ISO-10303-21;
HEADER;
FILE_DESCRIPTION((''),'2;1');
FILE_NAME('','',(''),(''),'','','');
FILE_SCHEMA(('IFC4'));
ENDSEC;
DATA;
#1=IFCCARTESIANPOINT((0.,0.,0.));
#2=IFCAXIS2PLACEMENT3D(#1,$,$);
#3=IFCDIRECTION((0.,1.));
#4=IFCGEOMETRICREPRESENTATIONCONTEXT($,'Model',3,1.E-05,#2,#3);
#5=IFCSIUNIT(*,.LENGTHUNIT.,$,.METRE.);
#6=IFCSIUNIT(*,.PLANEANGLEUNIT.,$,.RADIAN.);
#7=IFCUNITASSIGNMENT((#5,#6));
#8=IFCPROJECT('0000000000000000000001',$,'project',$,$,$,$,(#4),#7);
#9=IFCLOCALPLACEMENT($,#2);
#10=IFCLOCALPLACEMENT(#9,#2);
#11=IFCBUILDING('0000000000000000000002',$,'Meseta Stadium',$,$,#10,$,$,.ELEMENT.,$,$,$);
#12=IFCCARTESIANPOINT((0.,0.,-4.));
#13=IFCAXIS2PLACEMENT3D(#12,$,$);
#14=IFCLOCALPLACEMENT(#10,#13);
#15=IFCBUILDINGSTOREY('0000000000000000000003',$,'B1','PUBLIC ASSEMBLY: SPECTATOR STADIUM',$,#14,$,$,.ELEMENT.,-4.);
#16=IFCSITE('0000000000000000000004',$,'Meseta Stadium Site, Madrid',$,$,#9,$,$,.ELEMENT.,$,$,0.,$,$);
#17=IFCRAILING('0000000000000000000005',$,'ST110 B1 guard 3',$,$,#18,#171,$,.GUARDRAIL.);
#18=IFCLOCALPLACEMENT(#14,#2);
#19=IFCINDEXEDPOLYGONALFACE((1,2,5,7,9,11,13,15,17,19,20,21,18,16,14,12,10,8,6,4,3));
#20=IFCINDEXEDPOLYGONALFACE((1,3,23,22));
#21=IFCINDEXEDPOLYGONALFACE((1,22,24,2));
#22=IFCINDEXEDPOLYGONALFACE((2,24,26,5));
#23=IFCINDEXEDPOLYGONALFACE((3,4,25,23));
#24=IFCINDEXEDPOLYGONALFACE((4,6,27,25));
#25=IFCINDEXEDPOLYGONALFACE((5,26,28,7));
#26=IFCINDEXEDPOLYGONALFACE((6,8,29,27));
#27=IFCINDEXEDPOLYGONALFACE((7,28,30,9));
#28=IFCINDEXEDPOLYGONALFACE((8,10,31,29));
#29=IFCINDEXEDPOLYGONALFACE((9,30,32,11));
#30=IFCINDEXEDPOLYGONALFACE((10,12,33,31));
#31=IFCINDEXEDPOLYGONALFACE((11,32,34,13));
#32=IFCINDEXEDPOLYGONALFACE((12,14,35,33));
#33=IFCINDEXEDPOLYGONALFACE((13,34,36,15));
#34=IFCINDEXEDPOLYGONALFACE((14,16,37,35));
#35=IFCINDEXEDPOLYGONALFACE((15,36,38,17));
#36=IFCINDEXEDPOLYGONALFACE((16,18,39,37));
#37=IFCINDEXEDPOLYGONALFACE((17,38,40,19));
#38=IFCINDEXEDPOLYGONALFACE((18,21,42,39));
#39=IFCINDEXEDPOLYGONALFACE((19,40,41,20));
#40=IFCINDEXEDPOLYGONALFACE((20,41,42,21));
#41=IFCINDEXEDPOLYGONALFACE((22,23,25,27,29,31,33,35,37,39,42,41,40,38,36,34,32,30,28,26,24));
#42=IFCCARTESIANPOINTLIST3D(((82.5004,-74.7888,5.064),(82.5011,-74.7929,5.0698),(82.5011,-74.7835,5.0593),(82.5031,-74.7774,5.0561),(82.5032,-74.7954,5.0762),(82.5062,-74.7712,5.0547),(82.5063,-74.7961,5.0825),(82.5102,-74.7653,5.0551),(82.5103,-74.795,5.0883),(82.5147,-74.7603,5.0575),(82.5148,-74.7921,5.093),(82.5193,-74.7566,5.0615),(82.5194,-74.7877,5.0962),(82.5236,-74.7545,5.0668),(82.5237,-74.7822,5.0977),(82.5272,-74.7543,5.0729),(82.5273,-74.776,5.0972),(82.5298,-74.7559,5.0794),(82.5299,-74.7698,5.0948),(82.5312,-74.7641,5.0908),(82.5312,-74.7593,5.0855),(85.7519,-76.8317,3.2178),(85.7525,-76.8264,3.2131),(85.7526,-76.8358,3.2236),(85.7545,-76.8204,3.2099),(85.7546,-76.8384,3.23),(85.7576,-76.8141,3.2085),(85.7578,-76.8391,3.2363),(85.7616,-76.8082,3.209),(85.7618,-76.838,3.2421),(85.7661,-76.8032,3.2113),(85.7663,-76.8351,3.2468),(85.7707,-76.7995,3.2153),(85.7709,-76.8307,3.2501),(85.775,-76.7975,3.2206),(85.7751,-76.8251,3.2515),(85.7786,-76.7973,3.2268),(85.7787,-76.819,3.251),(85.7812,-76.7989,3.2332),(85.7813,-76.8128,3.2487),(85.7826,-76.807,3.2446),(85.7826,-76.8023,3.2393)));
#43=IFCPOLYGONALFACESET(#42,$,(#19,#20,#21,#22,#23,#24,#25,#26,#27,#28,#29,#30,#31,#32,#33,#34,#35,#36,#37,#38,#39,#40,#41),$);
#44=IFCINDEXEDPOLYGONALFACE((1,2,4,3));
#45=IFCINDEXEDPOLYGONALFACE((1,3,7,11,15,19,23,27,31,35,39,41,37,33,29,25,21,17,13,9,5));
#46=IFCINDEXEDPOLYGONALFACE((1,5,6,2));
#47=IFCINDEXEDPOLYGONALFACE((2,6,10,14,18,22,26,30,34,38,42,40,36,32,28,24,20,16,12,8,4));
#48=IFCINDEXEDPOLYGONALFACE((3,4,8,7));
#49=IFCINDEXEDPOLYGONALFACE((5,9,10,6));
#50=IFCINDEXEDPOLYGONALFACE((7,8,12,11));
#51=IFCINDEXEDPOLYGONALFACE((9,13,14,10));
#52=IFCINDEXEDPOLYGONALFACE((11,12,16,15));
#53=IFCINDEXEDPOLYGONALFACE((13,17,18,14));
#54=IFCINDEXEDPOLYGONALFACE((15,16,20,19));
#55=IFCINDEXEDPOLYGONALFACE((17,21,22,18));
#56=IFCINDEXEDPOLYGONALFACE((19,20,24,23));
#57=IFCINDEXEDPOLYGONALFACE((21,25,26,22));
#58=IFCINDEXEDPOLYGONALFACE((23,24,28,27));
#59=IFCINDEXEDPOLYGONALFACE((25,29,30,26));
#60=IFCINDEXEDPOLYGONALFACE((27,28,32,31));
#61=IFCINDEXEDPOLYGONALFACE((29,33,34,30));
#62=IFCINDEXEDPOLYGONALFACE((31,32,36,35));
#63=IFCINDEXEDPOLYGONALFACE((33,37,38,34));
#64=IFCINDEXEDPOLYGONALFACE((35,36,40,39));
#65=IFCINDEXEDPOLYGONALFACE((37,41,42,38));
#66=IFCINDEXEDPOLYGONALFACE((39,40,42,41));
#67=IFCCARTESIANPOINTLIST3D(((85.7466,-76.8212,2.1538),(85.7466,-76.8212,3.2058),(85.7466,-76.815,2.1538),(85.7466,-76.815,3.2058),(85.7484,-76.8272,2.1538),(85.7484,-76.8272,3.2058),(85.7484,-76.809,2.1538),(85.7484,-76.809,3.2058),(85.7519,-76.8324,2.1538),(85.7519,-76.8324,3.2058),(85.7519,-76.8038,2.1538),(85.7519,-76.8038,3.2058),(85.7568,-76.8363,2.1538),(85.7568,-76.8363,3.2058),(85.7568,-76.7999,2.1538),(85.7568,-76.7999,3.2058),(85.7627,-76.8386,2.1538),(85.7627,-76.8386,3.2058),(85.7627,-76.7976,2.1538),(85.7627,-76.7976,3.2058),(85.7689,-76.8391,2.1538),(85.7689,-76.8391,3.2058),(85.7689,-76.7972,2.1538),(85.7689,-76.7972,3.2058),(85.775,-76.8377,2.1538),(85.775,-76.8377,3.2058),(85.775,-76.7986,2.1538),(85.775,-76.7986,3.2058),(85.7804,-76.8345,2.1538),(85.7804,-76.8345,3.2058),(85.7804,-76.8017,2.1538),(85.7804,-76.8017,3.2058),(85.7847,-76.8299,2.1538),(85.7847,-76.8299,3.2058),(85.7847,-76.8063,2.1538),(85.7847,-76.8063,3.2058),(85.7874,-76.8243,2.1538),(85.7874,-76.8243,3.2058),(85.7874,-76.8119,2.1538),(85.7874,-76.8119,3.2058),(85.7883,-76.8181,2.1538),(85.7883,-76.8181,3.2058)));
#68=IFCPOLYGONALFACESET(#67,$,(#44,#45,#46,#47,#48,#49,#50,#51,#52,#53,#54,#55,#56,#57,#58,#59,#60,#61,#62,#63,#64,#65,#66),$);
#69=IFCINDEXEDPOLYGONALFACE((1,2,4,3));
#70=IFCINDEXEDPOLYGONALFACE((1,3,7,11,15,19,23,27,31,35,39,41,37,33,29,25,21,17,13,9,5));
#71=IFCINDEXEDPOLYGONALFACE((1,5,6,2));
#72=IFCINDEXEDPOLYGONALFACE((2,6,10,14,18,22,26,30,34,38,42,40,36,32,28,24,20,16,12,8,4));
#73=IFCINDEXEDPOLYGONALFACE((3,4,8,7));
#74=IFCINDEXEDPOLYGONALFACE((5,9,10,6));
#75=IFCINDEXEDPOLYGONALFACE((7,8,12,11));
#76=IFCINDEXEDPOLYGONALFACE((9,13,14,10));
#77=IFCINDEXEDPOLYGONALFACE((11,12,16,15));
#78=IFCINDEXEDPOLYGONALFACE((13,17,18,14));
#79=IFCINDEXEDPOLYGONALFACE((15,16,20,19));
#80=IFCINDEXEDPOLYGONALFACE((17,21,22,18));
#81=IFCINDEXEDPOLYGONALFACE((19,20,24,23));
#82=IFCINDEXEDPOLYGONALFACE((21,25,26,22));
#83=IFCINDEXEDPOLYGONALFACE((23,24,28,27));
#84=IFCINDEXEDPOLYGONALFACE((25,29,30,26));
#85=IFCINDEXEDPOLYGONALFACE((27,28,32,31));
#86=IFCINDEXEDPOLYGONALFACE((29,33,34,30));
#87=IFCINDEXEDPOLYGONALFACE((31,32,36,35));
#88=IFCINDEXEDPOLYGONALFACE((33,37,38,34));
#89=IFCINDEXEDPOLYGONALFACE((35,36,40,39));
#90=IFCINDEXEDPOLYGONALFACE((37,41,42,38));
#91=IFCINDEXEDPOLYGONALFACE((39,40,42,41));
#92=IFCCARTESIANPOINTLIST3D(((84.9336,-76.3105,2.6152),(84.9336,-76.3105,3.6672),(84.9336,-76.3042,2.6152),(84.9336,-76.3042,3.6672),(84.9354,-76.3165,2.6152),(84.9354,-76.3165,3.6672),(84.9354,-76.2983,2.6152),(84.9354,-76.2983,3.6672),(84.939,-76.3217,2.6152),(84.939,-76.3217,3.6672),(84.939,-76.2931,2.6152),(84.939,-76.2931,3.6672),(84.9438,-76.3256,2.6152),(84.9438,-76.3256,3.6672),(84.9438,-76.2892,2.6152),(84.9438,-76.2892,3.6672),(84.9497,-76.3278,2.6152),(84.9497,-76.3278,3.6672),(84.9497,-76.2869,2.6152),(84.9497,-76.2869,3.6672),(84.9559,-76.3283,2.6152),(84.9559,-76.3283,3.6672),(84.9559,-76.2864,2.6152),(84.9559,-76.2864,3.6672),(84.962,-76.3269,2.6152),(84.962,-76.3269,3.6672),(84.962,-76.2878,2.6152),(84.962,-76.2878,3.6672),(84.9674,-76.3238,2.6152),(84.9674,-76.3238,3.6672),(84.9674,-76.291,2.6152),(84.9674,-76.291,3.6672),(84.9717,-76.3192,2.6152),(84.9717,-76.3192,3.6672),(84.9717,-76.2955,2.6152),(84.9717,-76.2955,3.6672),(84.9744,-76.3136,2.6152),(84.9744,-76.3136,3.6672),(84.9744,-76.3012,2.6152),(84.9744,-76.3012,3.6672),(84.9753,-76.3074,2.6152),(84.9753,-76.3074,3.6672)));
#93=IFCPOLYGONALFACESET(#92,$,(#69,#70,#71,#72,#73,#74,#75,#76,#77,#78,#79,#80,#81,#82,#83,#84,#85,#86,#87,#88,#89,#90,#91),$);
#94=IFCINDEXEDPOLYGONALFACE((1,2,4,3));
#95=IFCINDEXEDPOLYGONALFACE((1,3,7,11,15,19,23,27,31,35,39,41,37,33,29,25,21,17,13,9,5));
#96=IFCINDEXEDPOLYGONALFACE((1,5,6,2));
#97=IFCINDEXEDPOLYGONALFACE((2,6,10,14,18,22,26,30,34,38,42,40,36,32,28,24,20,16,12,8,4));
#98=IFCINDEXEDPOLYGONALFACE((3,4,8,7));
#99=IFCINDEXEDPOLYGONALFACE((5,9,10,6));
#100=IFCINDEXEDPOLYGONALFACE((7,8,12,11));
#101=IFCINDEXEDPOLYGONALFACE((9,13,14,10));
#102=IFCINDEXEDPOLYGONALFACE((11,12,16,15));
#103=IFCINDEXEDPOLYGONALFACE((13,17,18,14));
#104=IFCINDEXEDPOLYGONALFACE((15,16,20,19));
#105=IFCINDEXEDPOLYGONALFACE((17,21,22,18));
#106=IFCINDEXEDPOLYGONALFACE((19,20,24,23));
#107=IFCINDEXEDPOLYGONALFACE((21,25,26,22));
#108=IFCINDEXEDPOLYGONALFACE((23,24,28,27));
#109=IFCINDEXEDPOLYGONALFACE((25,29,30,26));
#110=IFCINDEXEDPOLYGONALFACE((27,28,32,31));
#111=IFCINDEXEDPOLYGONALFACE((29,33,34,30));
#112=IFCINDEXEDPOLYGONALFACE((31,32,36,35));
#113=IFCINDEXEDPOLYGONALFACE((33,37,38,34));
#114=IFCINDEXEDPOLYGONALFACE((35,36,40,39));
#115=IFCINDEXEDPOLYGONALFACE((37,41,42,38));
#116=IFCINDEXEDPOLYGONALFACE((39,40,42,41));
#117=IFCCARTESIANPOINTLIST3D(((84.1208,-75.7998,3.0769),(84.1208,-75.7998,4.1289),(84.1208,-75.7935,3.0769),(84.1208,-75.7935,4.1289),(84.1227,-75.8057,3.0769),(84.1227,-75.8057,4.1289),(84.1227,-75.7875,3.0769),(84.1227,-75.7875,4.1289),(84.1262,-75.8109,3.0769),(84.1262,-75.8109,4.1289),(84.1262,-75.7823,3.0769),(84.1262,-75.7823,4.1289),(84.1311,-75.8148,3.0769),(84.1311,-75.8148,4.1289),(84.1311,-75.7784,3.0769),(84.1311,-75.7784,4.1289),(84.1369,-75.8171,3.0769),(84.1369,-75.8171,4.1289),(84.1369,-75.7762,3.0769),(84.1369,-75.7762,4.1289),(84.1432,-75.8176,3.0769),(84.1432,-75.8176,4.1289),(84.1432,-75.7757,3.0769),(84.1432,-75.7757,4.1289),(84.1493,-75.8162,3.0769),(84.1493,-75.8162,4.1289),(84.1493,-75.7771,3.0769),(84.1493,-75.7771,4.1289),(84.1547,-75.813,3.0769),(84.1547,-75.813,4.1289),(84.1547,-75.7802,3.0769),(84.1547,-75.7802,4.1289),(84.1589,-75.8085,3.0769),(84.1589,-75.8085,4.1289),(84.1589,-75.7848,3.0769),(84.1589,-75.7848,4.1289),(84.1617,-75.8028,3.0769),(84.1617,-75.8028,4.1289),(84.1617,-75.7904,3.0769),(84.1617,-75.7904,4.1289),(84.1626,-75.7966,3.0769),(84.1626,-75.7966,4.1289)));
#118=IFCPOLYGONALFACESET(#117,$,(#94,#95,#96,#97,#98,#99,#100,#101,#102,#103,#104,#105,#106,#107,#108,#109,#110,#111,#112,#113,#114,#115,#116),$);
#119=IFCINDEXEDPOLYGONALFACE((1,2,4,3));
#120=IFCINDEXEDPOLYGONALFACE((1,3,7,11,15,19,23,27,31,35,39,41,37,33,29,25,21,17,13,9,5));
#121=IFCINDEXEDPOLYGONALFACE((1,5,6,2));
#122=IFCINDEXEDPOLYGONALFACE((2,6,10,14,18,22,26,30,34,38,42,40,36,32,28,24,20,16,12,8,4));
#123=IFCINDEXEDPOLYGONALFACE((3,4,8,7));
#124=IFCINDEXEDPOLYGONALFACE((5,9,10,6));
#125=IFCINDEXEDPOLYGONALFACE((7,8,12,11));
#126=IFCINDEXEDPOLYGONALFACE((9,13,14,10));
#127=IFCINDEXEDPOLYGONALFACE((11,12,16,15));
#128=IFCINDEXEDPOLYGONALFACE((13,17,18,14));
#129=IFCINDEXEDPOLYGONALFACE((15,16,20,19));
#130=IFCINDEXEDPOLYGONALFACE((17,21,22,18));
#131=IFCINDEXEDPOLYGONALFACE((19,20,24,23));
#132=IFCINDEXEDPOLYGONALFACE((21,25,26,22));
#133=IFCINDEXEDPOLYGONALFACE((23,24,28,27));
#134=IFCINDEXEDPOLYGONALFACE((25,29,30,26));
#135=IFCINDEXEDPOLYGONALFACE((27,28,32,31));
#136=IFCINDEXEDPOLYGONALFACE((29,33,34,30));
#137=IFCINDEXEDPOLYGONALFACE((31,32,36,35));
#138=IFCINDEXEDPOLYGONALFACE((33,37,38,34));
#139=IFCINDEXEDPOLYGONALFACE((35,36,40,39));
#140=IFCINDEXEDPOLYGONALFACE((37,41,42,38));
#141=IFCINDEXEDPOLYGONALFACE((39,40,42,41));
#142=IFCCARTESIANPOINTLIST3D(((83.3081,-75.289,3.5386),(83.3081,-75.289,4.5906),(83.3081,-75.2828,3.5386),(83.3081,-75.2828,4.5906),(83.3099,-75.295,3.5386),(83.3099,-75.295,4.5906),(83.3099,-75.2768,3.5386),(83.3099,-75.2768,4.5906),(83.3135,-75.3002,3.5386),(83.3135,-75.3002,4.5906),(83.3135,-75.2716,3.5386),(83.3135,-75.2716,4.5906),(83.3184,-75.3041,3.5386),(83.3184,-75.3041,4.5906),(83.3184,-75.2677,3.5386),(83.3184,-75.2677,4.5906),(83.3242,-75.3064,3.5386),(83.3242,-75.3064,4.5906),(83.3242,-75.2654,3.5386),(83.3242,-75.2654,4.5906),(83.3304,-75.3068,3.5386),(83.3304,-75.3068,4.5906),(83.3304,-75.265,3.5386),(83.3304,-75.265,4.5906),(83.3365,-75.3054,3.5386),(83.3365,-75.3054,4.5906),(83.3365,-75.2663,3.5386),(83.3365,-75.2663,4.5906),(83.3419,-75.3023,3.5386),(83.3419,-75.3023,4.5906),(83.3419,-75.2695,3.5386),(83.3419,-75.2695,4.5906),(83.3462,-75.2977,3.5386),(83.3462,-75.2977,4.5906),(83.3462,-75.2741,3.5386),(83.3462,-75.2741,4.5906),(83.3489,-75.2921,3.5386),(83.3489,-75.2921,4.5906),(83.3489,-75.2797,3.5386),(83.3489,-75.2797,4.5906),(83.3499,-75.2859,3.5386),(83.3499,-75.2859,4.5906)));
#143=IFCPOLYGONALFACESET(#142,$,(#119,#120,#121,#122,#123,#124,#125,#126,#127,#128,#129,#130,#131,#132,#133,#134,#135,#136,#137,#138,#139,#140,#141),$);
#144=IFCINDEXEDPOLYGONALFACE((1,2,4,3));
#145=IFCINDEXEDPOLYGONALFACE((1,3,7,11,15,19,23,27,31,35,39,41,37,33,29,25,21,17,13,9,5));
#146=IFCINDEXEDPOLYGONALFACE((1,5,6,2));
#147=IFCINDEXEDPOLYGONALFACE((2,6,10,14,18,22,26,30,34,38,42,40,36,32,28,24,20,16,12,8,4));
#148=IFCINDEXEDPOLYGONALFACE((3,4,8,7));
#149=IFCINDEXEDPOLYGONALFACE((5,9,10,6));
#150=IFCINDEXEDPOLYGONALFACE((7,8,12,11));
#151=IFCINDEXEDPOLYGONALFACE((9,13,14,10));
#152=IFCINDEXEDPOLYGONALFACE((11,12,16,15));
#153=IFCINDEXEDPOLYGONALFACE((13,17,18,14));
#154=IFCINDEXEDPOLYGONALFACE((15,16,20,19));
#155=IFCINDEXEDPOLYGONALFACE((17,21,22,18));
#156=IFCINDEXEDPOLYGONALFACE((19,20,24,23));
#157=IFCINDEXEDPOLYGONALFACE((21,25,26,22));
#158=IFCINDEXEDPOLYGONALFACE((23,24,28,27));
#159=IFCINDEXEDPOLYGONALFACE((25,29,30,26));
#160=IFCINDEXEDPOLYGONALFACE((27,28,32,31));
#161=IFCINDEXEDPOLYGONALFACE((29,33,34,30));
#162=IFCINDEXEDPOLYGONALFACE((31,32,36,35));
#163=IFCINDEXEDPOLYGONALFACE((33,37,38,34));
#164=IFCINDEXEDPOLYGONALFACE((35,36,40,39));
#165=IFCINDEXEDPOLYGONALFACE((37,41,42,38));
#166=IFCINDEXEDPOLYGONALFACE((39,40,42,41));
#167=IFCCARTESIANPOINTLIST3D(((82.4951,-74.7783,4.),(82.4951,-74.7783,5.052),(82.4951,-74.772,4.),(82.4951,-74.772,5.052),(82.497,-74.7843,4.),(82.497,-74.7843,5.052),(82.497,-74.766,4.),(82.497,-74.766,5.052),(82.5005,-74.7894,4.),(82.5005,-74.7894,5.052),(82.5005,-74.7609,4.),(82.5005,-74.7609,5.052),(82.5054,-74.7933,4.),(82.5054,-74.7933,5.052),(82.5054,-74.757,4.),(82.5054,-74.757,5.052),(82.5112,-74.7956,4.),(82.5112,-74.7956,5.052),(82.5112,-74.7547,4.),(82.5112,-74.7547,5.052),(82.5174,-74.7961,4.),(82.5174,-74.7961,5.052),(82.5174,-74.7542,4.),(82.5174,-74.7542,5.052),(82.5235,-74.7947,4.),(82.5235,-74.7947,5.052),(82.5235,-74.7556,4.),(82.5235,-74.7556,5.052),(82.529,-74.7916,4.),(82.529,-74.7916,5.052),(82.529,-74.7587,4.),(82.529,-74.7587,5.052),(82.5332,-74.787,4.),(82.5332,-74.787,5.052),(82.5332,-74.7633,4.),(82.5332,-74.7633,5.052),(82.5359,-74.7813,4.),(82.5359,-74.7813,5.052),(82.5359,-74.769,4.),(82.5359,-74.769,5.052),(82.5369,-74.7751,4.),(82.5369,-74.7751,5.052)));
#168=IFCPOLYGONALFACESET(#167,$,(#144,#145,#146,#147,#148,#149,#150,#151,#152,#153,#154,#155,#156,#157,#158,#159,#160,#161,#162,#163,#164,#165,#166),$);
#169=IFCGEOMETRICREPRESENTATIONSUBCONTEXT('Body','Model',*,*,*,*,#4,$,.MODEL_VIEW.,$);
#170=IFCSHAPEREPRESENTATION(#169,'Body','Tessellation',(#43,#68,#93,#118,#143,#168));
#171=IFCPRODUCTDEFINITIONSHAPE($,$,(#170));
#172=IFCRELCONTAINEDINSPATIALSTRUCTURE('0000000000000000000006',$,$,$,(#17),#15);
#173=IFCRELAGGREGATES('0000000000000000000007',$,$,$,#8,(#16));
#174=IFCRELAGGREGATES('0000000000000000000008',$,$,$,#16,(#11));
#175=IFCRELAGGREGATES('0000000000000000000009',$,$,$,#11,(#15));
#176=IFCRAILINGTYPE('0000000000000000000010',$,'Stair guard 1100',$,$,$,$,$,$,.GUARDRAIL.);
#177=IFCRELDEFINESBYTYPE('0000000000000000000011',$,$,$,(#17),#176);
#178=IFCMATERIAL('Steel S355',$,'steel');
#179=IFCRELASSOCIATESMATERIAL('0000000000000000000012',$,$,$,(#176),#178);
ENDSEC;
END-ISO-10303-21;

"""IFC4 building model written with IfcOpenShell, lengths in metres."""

from ifc_helpers import new_model, si_unit, direction, frame, origin, origin_2d, place, context, subcontext, project, spatial, circle, extrude, material, type_object, element, save


model = new_model("IFC4")

# Units and contexts
model_context = context("Model", 3, precision=1e-05, world=origin(), true_north=direction((0.0, 1.0)))
body_context = subcontext(model_context, "Body", "Model", "MODEL_VIEW")
ifc_project = project(units=[si_unit("LENGTHUNIT", "METRE"), si_unit("PLANEANGLEUNIT", "RADIAN")], contexts=[model_context])

# Site, building, storey
site_placement = place(None, origin())
site = spatial("IfcSite", under=ifc_project, at=site_placement, Name="Meseta Stadium Site, Madrid", CompositionType="ELEMENT", RefElevation=0.0)
building_placement = place(site_placement, origin())
building = spatial("IfcBuilding", under=site, at=building_placement, Name="Meseta Stadium", CompositionType="ELEMENT")
storey_placement = place(building_placement, frame((0.0, 0.0, -4.0)))
storey = spatial("IfcBuildingStorey", under=building, at=storey_placement, Name="B1", Description="PUBLIC ASSEMBLY: SPECTATOR STADIUM", CompositionType="ELEMENT", Elevation=-4.0)

# Railing
ifc_material_1 = material(Name="Steel S355", Category="steel")
railing_type_1 = type_object("IfcRailingType", Name="Stair guard 1100", PredefinedType="GUARDRAIL", material=ifc_material_1)
railing_1_placement = place(storey_placement, frame((85.7673, -76.8181, 2.1538)))
element("IfcRailing", 1, at=railing_1_placement, inside=storey, type_object=railing_type_1, Name="ST110 B1 guard 3", PredefinedType="GUARDRAIL", context=body_context, shape_type="SweptSolid", body=[
    extrude(circle(Radius=0.0239, at=origin_2d()), frame((0.0, 0.0, 1.0762), z_axis=(-0.763117, 0.479483, 0.4333), x_axis=(-0.53202, -0.846731, 0.0)), (0.0, 0.0, 1.0), 4.2607),
    extrude(circle(Radius=0.021, at=origin_2d()), origin(), (0.0, 0.0, 1.0), 1.052),
    extrude(circle(Radius=0.021, at=origin_2d()), frame((-0.813, 0.5107, 0.4614)), (0.0, 0.0, 1.0), 1.052),
    extrude(circle(Radius=0.021, at=origin_2d()), frame((-1.6257, 1.0215, 0.9231)), (0.0, 0.0, 1.0), 1.052),
    extrude(circle(Radius=0.021, at=origin_2d()), frame((-2.4385, 1.5322, 1.3848)), (0.0, 0.0, 1.0), 1.052),
    extrude(circle(Radius=0.021, at=origin_2d()), frame((-3.2515, 2.043, 1.8462)), (0.0, 0.0, 1.0), 1.052),
])

save(model, "model.ifc")
